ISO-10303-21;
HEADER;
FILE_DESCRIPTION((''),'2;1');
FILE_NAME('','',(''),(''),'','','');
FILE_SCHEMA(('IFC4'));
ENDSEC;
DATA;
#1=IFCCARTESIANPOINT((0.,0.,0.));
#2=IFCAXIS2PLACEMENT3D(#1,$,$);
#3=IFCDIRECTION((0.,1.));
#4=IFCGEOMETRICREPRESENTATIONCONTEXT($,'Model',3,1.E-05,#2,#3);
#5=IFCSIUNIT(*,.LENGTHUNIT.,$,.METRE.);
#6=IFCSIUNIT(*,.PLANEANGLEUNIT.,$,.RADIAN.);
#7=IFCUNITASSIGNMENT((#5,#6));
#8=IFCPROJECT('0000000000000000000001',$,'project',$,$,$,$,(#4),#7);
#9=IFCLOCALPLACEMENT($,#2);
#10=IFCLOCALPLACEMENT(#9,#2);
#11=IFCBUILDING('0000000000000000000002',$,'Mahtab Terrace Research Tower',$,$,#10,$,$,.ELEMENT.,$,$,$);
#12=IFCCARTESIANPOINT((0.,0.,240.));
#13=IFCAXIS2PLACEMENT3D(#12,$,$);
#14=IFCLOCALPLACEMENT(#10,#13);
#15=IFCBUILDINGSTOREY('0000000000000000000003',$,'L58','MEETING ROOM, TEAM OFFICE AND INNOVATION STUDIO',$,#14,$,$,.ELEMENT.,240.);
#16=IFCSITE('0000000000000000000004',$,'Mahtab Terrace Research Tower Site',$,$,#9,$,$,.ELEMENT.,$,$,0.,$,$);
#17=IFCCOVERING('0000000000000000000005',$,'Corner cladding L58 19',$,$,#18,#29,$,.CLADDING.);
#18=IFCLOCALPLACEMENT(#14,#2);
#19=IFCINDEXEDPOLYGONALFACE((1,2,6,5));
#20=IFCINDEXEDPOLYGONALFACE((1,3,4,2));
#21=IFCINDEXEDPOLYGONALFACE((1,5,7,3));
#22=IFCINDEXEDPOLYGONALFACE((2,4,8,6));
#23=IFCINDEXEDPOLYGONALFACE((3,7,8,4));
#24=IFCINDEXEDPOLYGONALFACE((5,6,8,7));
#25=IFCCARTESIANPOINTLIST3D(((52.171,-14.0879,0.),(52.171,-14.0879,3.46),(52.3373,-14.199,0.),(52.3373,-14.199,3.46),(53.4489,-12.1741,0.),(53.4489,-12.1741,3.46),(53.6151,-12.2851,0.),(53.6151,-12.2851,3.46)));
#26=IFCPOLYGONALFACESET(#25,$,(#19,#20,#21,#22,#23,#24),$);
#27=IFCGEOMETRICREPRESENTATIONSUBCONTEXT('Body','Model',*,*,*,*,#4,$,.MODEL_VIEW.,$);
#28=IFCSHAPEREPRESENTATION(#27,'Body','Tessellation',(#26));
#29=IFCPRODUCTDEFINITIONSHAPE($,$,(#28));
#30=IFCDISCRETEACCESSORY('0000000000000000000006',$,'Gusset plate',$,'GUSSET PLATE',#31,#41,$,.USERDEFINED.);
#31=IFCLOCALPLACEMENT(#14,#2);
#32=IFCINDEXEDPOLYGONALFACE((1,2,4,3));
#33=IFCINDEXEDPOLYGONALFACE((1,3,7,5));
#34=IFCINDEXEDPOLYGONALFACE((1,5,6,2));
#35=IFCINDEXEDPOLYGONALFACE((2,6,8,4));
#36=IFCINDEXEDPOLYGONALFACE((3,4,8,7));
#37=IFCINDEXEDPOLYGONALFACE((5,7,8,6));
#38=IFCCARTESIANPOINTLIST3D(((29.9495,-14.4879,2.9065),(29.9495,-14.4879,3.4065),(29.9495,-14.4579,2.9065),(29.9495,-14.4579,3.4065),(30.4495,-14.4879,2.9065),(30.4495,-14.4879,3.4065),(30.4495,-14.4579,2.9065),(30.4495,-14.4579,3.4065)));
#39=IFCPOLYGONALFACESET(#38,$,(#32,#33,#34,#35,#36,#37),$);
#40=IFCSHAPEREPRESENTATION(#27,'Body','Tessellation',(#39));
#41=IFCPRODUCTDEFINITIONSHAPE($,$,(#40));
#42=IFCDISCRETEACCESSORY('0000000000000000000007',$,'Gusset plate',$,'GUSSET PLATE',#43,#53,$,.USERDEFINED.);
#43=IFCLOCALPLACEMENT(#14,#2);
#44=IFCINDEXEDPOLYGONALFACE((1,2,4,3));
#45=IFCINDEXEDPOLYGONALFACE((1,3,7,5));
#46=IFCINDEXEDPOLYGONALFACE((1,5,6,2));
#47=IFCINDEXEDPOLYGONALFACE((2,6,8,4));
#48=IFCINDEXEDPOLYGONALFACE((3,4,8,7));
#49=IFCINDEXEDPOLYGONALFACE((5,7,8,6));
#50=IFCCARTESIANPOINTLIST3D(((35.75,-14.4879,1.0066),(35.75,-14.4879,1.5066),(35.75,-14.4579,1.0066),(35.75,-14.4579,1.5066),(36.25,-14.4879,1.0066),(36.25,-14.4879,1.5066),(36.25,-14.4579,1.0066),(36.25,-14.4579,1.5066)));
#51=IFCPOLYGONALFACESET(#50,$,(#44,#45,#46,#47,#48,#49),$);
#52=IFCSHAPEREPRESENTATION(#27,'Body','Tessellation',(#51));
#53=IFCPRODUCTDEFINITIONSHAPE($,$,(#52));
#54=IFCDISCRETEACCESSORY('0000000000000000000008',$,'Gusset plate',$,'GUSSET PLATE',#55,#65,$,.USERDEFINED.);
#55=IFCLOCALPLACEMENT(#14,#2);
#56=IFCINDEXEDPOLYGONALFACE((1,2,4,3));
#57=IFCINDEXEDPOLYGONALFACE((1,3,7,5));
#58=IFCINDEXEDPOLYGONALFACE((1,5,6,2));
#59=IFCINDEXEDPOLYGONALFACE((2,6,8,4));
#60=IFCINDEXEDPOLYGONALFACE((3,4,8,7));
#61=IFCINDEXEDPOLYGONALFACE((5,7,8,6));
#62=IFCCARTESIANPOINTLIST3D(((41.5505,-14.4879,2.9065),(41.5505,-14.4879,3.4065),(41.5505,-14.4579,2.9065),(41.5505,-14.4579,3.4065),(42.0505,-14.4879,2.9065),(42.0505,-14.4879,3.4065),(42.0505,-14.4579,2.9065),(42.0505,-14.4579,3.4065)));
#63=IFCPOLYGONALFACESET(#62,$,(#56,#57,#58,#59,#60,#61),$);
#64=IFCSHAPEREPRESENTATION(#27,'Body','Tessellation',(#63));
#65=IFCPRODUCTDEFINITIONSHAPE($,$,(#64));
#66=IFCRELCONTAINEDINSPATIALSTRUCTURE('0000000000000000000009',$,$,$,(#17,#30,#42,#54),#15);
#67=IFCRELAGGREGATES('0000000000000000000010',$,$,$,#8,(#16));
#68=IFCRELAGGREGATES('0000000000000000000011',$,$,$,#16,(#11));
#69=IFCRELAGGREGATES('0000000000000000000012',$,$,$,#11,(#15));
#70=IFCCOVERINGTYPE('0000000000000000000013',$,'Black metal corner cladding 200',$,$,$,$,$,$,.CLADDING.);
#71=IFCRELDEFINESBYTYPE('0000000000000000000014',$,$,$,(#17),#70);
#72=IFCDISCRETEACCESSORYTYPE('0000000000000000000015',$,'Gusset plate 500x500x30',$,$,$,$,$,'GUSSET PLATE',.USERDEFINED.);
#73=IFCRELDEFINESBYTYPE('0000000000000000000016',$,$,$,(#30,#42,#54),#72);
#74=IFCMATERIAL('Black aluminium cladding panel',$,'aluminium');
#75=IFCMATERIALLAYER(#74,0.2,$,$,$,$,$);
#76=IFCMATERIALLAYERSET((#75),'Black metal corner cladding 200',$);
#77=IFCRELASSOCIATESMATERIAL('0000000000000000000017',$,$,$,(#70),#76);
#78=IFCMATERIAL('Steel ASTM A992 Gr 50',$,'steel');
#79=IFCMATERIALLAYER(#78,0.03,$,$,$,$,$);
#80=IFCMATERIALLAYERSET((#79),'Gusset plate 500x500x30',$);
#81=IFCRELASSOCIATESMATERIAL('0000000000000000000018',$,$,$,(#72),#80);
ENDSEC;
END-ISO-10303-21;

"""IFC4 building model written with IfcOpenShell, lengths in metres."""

from ifc_helpers import new_model, si_unit, direction, frame, origin, origin_2d, place, context, subcontext, project, spatial, rectangle, extrude, material, layer, layer_set, type_object, element, save


model = new_model("IFC4")

# Units and contexts
model_context = context("Model", 3, precision=1e-05, world=origin(), true_north=direction((0.0, 1.0)))
body_context = subcontext(model_context, "Body", "Model", "MODEL_VIEW")
ifc_project = project(units=[si_unit("LENGTHUNIT", "METRE"), si_unit("PLANEANGLEUNIT", "RADIAN")], contexts=[model_context])

# Site, building, storey
site_placement = place(None, origin())
site = spatial("IfcSite", under=ifc_project, at=site_placement, Name="Mahtab Terrace Research Tower Site", CompositionType="ELEMENT", RefElevation=0.0)
building_placement = place(site_placement, origin())
building = spatial("IfcBuilding", under=site, at=building_placement, Name="Mahtab Terrace Research Tower", CompositionType="ELEMENT")
storey_placement = place(building_placement, frame((0.0, 0.0, 240.0)))
storey = spatial("IfcBuildingStorey", under=building, at=storey_placement, Name="L58", Description="MEETING ROOM, TEAM OFFICE AND INNOVATION STUDIO", CompositionType="ELEMENT", Elevation=240.0)

# Shared definitions
ifc_material_1 = material(Name="Steel ASTM A992 Gr 50", Category="steel")

# Covering
ifc_material_2 = material(Name="Black aluminium cladding panel", Category="aluminium")
ifc_layer_1 = layer(ifc_material_2, 0.2)
ifc_layer_set_1 = layer_set([ifc_layer_1], Name="Black metal corner cladding 200")
covering_type = type_object("IfcCoveringType", Name="Black metal corner cladding 200", PredefinedType="CLADDING", material=ifc_layer_set_1)
for number, where, z_axis, x_axis, name in (
    (1, (52.8931, -13.1865, 0.0), (0.0, 0.0, 1.0), (0.555291, 0.831656, 0.0), "Corner cladding L58 19"),
):
    element("IfcCovering", number, at=place(storey_placement, frame(where, z_axis=z_axis, x_axis=x_axis)), inside=storey, type_object=covering_type, Name=name, PredefinedType="CLADDING", context=body_context, shape_type="SweptSolid", body=[
        extrude(rectangle(XDim=2.3013, YDim=0.2, at=origin_2d()), origin(), (0.0, 0.0, 1.0), 3.46),
    ])

# Discrete accessories
ifc_layer_2 = layer(ifc_material_1, 0.03)
ifc_layer_set_2 = layer_set([ifc_layer_2], Name="Gusset plate 500x500x30")
discrete_accessory_type = type_object("IfcDiscreteAccessoryType", Name="Gusset plate 500x500x30", ElementType="GUSSET PLATE", PredefinedType="USERDEFINED", material=ifc_layer_set_2)
for number, where, z_axis, x_axis, name in (
    (2, (30.1995, -14.4729, 2.9065), (0.0, 0.0, 1.0), (1.0, 0.0, 0.0), "Gusset plate"),
    (3, (36.0, -14.4729, 1.0066), (0.0, 0.0, 1.0), (1.0, 0.0, 0.0), "Gusset plate"),
    (4, (41.8005, -14.4729, 2.9065), (0.0, 0.0, 1.0), (1.0, 0.0, 0.0), "Gusset plate"),
):
    element("IfcDiscreteAccessory", number, at=place(storey_placement, frame(where, z_axis=z_axis, x_axis=x_axis)), inside=storey, type_object=discrete_accessory_type, Name=name, ObjectType="GUSSET PLATE", PredefinedType="USERDEFINED", context=body_context, shape_type="SweptSolid", body=[
        extrude(rectangle(XDim=0.5, YDim=0.03, at=origin_2d()), origin(), (0.0, 0.0, 1.0), 0.5),
    ])

save(model, "model.ifc")
